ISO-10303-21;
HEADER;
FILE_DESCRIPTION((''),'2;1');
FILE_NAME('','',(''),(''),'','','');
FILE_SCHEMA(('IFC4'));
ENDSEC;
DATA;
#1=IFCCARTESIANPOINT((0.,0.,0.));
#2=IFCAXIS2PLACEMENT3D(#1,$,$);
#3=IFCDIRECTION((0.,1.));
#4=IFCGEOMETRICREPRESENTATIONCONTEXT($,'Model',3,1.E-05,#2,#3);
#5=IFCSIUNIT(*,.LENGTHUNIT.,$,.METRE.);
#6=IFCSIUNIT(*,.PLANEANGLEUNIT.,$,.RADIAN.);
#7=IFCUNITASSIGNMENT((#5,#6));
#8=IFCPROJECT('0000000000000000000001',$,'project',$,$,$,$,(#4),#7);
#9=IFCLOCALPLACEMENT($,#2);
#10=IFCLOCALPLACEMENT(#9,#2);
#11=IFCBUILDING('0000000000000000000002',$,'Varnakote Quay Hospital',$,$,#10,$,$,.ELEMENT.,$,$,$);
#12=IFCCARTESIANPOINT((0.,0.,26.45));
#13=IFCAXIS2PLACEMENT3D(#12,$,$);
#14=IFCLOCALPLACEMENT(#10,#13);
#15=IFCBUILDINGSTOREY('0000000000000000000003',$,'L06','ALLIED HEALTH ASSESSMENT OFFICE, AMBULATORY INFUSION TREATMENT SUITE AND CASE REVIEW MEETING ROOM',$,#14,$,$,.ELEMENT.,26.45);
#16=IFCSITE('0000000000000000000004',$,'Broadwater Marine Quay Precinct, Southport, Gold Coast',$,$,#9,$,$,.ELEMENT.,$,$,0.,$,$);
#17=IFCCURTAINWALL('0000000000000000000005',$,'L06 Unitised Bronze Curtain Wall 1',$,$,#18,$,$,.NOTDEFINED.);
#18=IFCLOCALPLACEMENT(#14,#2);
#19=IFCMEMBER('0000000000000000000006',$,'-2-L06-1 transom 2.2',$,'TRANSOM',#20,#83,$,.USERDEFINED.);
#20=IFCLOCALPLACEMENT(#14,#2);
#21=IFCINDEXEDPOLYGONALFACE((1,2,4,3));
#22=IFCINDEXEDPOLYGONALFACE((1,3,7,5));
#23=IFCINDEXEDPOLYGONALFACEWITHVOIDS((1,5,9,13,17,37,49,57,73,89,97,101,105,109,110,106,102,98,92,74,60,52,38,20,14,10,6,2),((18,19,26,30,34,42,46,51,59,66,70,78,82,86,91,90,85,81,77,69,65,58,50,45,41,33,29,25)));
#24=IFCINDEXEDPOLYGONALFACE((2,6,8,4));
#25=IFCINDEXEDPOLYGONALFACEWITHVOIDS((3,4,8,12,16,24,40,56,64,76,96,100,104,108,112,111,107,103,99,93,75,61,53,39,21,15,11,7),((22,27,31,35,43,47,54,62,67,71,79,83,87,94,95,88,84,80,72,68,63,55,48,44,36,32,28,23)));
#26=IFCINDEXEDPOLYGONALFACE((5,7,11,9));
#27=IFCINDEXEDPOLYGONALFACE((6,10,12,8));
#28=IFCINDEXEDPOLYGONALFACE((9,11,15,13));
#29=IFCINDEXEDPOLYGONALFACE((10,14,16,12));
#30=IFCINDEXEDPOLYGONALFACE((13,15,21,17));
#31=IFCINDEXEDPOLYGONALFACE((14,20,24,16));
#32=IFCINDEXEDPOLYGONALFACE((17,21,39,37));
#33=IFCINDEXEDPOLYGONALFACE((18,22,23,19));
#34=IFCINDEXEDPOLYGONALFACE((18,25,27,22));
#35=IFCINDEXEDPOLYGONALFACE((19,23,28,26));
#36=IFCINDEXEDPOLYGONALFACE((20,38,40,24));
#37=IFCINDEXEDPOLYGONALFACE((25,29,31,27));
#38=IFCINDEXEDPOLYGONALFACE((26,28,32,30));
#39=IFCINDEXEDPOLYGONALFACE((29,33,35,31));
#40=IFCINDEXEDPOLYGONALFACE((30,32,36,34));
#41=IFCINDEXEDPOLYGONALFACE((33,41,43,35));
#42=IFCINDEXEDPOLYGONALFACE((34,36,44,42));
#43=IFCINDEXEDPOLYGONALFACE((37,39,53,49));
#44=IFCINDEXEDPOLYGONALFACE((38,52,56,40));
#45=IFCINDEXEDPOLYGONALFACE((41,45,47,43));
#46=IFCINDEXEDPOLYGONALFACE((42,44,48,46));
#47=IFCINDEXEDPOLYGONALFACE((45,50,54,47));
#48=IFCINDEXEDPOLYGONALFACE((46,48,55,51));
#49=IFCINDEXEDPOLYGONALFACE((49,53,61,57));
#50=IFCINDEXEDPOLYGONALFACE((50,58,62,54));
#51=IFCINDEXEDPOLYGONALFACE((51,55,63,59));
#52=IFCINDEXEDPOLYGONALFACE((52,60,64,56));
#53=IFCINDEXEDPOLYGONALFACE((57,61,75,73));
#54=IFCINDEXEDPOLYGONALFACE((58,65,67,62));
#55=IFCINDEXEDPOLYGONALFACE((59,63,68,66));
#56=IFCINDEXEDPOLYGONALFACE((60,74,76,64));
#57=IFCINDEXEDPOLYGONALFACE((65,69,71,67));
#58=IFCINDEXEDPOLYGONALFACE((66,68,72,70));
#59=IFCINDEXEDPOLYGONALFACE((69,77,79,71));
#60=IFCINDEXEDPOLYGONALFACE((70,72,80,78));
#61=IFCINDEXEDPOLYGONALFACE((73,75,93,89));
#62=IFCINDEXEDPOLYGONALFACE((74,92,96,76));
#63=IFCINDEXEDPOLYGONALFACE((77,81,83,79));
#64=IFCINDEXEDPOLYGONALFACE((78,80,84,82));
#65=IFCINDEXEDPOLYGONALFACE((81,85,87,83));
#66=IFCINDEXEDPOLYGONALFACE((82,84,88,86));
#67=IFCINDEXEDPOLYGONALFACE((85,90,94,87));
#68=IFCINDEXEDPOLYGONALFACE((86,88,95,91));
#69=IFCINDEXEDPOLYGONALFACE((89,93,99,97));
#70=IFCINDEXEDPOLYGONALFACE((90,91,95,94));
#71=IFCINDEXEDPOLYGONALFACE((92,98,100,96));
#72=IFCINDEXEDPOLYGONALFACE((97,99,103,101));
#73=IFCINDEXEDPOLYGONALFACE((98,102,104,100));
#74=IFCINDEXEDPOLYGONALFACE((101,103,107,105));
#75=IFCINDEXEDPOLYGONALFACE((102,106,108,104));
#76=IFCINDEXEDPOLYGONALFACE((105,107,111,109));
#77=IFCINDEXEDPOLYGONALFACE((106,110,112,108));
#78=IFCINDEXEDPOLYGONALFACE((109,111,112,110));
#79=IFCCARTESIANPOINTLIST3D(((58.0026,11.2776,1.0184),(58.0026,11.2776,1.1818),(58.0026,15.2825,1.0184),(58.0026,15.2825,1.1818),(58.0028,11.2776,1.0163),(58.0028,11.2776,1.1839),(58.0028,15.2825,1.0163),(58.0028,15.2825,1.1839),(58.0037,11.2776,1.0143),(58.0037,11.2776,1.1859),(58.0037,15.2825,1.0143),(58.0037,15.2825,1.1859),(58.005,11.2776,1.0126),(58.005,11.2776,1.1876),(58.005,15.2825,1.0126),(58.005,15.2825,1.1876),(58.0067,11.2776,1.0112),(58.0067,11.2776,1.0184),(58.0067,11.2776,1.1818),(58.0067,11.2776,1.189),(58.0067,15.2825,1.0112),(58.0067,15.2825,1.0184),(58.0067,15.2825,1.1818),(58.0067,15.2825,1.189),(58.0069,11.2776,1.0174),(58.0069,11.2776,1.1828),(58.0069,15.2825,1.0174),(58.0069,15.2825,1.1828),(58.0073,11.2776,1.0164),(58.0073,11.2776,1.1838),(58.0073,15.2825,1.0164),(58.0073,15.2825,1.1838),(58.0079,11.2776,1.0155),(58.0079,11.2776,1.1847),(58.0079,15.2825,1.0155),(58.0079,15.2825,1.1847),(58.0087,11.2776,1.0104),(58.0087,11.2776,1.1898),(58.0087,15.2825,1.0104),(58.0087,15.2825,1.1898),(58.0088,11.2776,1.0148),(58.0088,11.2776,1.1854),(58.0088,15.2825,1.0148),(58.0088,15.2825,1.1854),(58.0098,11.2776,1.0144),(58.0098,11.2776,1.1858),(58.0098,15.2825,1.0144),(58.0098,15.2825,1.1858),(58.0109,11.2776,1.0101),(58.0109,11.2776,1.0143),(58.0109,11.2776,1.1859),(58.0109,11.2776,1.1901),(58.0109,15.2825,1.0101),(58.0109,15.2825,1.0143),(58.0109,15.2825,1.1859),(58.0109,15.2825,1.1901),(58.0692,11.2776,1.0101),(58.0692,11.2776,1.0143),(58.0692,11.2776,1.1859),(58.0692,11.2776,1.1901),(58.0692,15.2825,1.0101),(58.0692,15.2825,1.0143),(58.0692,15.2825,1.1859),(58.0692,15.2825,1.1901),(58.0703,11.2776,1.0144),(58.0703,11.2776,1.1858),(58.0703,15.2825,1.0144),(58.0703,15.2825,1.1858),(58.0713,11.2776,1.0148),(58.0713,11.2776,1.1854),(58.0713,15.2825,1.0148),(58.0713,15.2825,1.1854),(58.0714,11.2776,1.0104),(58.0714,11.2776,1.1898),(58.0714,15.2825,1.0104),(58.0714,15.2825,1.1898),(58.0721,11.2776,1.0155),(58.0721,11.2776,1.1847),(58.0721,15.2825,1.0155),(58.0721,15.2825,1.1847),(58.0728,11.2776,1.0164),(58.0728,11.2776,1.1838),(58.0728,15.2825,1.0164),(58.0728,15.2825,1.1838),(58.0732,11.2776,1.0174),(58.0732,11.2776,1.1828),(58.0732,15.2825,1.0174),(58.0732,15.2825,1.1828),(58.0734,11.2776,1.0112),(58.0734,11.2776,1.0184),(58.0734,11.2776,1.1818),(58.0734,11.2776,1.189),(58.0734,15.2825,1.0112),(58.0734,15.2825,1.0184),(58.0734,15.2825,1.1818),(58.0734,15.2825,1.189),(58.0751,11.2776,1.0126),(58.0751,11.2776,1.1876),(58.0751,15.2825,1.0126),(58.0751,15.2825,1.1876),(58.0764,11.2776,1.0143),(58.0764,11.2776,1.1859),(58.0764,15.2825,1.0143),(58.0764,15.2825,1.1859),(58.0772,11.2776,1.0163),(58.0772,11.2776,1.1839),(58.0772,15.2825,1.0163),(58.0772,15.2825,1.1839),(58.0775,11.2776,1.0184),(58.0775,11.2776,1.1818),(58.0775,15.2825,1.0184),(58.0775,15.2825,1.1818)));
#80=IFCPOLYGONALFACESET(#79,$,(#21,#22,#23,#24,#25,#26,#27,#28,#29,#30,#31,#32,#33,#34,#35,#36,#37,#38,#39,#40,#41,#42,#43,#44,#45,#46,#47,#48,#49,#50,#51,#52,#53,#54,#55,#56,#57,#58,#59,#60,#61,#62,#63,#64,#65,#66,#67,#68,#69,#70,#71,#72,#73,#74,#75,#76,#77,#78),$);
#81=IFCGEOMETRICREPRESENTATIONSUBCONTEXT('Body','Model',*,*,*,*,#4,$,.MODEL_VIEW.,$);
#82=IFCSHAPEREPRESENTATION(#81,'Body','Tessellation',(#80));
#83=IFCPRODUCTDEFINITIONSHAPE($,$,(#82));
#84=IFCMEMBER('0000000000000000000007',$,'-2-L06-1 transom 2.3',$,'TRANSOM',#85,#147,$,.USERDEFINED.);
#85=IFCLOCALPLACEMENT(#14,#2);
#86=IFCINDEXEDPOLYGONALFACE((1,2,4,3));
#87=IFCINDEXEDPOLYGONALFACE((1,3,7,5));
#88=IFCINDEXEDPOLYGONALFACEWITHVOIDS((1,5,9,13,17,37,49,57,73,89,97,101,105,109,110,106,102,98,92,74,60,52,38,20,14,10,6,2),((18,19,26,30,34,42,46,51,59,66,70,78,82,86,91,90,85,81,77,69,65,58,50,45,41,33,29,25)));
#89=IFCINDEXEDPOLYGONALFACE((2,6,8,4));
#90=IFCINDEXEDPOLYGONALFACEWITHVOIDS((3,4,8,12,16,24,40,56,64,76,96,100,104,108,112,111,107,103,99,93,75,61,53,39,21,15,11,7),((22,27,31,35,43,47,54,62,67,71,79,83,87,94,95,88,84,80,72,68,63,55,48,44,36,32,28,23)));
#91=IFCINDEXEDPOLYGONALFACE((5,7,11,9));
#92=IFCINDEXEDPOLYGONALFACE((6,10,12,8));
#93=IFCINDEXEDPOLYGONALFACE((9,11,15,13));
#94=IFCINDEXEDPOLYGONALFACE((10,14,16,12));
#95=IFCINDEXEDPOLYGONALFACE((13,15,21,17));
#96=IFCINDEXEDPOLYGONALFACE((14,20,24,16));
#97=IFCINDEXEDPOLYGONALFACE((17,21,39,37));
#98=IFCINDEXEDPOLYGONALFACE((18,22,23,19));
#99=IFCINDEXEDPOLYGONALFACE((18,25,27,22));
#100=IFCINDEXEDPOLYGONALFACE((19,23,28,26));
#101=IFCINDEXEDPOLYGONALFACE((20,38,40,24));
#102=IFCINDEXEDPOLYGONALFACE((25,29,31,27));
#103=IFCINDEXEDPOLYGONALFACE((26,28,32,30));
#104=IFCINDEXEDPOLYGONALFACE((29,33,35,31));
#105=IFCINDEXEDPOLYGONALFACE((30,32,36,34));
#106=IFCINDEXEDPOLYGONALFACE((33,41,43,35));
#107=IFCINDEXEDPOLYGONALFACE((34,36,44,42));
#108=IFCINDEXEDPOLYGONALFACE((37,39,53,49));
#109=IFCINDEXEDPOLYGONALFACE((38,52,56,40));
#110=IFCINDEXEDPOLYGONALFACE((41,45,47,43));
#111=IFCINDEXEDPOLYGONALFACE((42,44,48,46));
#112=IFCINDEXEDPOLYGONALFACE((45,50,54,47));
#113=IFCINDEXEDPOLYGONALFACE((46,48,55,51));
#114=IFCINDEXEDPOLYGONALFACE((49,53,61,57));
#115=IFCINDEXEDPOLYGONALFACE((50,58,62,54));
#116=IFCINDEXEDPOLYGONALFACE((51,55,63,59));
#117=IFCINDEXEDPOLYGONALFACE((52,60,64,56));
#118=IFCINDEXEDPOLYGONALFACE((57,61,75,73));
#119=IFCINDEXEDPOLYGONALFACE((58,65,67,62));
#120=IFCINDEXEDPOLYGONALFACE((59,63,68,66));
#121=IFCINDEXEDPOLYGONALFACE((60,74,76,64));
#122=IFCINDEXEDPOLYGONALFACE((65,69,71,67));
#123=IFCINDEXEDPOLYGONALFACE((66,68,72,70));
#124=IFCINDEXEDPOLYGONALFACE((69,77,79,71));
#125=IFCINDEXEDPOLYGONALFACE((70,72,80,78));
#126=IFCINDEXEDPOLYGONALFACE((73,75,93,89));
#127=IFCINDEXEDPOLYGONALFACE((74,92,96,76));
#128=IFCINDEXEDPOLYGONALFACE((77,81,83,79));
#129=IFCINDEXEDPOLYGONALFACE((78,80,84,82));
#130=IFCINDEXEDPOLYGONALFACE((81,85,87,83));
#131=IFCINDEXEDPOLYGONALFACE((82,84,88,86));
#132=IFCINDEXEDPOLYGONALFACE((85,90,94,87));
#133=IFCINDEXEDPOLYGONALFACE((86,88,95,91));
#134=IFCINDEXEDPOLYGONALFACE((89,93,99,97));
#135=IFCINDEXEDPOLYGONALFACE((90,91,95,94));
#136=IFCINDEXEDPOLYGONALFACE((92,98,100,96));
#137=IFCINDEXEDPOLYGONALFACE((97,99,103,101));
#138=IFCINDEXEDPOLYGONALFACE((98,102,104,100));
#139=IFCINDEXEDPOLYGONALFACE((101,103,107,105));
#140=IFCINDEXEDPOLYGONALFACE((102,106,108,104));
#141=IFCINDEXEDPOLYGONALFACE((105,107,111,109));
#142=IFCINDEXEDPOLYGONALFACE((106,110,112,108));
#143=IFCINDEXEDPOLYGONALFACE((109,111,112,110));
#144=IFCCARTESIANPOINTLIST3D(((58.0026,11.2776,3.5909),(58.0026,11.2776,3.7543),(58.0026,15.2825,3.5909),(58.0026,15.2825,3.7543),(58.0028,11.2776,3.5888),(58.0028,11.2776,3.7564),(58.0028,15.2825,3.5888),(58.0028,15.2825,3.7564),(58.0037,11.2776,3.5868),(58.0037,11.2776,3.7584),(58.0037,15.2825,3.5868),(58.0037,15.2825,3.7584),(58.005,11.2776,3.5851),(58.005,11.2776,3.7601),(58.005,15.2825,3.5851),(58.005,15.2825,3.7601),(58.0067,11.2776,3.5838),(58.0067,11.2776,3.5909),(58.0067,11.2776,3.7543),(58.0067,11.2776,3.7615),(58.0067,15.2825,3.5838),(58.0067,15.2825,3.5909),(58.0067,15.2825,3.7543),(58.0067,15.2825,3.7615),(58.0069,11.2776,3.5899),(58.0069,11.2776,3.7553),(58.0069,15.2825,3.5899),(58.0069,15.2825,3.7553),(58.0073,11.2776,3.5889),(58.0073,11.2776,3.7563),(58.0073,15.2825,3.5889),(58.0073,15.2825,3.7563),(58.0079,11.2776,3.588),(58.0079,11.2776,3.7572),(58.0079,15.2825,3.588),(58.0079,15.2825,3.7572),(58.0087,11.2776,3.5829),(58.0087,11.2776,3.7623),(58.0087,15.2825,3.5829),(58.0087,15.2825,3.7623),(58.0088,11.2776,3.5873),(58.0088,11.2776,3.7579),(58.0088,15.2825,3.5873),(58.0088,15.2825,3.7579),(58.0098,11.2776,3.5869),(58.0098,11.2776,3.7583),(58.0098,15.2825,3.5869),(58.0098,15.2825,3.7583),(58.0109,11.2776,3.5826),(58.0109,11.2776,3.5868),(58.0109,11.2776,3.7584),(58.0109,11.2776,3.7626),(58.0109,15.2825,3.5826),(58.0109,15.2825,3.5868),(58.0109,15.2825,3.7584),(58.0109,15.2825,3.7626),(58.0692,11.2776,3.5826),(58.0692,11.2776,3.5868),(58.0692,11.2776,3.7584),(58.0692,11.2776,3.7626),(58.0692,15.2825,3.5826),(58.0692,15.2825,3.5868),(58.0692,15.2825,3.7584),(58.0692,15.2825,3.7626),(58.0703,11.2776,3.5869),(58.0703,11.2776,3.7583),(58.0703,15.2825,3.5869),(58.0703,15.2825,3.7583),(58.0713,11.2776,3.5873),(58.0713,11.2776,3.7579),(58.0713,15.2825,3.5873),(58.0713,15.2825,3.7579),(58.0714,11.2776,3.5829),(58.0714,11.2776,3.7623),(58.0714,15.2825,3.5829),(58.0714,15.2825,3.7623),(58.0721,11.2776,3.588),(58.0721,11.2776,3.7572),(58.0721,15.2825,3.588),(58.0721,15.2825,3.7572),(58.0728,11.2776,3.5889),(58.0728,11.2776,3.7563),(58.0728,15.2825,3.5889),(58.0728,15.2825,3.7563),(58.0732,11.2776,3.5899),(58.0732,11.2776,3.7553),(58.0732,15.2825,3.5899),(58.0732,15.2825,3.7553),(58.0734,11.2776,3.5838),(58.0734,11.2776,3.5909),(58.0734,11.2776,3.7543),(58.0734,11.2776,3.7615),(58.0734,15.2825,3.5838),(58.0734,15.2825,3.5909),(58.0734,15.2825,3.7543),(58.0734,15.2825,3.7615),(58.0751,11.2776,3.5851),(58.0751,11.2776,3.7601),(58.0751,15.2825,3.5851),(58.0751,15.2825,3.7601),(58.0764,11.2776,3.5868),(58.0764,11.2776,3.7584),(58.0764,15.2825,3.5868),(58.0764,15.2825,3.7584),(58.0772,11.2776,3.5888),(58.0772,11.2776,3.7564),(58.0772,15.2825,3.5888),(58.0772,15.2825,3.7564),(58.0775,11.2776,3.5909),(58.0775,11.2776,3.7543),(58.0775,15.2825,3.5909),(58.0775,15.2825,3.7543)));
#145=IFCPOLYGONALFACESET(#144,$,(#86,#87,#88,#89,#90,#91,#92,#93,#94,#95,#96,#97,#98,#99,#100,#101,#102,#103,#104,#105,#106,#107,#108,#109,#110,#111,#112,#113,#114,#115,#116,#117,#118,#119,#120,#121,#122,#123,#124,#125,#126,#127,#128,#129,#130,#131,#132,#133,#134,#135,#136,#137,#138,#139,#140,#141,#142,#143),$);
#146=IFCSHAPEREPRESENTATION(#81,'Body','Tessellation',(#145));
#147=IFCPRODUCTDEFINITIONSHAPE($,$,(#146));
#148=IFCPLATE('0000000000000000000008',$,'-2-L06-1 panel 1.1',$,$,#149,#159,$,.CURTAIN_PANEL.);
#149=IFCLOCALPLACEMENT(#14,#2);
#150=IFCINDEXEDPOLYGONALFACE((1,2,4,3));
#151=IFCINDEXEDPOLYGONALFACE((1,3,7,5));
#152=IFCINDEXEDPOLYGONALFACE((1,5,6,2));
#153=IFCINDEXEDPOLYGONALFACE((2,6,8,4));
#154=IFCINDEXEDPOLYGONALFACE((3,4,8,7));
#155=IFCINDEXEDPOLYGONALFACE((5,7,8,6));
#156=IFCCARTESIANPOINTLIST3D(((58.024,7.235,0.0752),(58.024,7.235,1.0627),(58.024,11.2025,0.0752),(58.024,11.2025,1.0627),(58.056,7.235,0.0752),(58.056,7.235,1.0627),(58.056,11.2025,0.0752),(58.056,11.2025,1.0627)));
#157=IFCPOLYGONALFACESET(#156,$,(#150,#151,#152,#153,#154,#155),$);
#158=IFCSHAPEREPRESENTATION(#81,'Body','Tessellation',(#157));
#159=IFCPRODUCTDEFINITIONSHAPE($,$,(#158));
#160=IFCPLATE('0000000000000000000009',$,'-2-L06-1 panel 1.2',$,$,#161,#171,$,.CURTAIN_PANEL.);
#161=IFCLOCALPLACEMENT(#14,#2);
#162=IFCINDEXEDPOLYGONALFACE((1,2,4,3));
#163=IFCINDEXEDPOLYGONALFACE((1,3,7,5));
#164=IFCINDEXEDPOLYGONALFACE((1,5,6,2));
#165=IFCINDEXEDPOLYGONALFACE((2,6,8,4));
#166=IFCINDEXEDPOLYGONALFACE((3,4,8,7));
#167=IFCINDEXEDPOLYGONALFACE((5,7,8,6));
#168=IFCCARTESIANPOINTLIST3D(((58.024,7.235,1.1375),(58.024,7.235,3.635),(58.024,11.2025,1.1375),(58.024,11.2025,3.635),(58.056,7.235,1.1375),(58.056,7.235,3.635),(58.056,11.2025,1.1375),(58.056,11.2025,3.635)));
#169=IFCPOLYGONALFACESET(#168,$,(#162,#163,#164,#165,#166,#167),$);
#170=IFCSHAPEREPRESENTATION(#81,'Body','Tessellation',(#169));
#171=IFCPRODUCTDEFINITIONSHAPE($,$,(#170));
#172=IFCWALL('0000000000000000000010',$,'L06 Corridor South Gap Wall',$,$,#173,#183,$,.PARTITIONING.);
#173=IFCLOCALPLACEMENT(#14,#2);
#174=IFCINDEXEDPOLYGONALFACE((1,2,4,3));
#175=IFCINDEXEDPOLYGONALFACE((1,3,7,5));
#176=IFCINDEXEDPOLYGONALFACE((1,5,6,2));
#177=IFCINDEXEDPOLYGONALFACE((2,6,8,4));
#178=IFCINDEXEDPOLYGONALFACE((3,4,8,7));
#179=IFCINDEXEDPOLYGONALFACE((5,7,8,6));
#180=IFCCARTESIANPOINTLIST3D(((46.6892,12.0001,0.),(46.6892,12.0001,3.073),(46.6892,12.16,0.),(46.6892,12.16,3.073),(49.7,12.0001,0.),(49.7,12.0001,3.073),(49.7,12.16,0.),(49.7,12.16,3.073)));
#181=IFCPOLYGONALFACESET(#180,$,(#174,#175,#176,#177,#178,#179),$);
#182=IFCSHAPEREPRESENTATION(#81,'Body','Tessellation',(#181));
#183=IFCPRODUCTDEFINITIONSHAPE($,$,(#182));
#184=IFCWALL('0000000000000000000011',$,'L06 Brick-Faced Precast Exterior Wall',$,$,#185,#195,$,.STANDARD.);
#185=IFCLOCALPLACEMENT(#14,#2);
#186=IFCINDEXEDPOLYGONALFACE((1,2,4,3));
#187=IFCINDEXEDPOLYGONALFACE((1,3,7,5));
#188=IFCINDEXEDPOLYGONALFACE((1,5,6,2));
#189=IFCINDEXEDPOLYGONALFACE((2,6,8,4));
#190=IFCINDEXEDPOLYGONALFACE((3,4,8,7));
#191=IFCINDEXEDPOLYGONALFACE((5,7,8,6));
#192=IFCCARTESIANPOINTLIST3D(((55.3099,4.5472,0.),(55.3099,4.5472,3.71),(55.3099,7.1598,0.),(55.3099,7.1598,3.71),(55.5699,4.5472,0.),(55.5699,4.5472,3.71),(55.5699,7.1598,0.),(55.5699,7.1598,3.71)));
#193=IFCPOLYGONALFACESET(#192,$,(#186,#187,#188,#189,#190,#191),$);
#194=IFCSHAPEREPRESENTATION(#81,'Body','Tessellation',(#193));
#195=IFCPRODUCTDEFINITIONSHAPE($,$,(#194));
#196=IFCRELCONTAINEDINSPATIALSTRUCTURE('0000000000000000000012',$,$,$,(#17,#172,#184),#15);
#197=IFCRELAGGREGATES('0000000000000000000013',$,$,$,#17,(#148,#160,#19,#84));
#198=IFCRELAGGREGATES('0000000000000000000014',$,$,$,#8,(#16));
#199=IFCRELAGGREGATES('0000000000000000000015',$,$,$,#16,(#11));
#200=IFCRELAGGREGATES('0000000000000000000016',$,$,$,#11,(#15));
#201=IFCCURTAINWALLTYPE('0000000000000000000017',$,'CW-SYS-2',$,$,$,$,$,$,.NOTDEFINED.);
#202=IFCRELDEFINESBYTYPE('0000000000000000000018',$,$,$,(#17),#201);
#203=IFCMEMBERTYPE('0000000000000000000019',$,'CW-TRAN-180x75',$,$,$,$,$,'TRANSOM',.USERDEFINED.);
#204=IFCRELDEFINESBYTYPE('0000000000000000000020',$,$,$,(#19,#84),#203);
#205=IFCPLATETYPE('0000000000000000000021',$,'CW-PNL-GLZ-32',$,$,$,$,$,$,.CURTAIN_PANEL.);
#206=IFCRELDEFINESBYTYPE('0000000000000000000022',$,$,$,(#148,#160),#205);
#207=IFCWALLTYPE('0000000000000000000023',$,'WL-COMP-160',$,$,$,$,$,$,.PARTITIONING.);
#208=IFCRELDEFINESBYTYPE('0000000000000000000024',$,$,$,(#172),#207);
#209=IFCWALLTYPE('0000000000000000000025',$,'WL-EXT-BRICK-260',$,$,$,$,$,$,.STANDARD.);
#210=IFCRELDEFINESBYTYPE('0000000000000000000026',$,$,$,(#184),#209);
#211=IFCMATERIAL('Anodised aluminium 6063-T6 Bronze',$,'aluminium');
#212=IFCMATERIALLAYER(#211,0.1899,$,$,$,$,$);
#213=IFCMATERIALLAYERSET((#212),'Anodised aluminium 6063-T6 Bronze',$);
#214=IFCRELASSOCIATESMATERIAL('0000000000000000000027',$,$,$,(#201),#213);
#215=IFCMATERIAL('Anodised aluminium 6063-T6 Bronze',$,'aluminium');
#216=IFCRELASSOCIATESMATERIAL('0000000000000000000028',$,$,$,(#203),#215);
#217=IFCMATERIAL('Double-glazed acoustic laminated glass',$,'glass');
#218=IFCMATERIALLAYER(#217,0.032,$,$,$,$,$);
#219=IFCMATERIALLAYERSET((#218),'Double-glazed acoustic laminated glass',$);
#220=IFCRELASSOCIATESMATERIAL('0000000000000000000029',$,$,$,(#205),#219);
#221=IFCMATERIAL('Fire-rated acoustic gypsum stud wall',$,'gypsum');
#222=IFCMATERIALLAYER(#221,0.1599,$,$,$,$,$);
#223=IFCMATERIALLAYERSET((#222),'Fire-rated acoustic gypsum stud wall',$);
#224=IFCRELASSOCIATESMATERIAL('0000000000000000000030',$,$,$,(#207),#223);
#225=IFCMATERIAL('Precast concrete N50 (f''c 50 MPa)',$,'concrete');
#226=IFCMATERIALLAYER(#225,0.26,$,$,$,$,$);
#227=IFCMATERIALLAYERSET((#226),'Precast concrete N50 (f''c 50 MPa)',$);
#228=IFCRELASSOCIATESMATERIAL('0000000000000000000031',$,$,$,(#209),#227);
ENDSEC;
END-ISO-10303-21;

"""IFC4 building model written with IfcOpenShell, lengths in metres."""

from ifc_helpers import new_model, si_unit, direction, frame, frame_2d, origin, origin_2d, place, context, subcontext, project, spatial, rectangle, hollow_rectangle, extrude, material, layer, layer_set, material_profile, profile_set, type_object, element, aggregate, save


model = new_model("IFC4")

# Units and contexts
model_context = context("Model", 3, precision=1e-05, world=origin(), true_north=direction((0.0, 1.0)))
body_context = subcontext(model_context, "Body", "Model", "MODEL_VIEW")
ifc_project = project(units=[si_unit("LENGTHUNIT", "METRE"), si_unit("PLANEANGLEUNIT", "RADIAN")], contexts=[model_context])

# Site, building, storey
site_placement = place(None, origin())
site = spatial("IfcSite", under=ifc_project, at=site_placement, Name="Broadwater Marine Quay Precinct, Southport, Gold Coast", CompositionType="ELEMENT", RefElevation=0.0)
building_placement = place(site_placement, origin())
building = spatial("IfcBuilding", under=site, at=building_placement, Name="Varnakote Quay Hospital", CompositionType="ELEMENT")
storey_placement = place(building_placement, frame((0.0, 0.0, 26.45)))
storey = spatial("IfcBuildingStorey", under=building, at=storey_placement, Name="L06", Description="ALLIED HEALTH ASSESSMENT OFFICE, AMBULATORY INFUSION TREATMENT SUITE AND CASE REVIEW MEETING ROOM", CompositionType="ELEMENT", Elevation=26.45)

# Curtain wall, members, plates
ifc_material_1 = material(Name="Anodised aluminium 6063-T6 Bronze", Category="aluminium")
ifc_layer_1 = layer(ifc_material_1, 0.1899)
ifc_layer_set_1 = layer_set([ifc_layer_1], Name="Anodised aluminium 6063-T6 Bronze")
curtain_wall_type = type_object("IfcCurtainWallType", Name="CW-SYS-2", PredefinedType="NOTDEFINED", material=ifc_layer_set_1)
curtain_wall_placement = place(storey_placement, origin())
curtain_wall = element("IfcCurtainWall", 1, at=curtain_wall_placement, inside=storey, type_object=curtain_wall_type, Name="L06 Unitised Bronze Curtain Wall 1", PredefinedType="NOTDEFINED")
ifc_material_2 = material(Name="Anodised aluminium 6063-T6 Bronze", Category="aluminium")
ifc_material_profile_1 = material_profile(ifc_material_2, hollow_rectangle(XDim=0.075, YDim=0.1799, WallThickness=0.0042, InnerFilletRadius=0.0042, OuterFilletRadius=0.0083, at=origin_2d()), Name="CW-TRAN-180x75")
ifc_profile_set_1 = profile_set([ifc_material_profile_1], Name="Anodised aluminium 6063-T6 Bronze")
member_type_1 = type_object("IfcMemberType", Name="CW-TRAN-180x75", ElementType="TRANSOM", PredefinedType="USERDEFINED", material=ifc_profile_set_1)
member_1_placement = place(storey_placement, frame((58.04, 11.2776, 1.1001), z_axis=(0.0, 1.0, 0.0), x_axis=(-1.0, 0.0, 0.0)))
member_1 = element("IfcMember", 2, at=member_1_placement, type_object=member_type_1, Name="-2-L06-1 transom 2.2", ObjectType="TRANSOM", PredefinedType="USERDEFINED", context=body_context, shape_type="SweptSolid", body=[
    extrude(hollow_rectangle(XDim=0.075, YDim=0.1799, WallThickness=0.0042, InnerFilletRadius=0.0042, OuterFilletRadius=0.0083, at=origin_2d()), origin(), (0.0, 0.0, 1.0), 4.0049),
])
member_2_placement = place(storey_placement, frame((58.04, 11.2776, 3.6726), z_axis=(0.0, 1.0, 0.0), x_axis=(-1.0, 0.0, 0.0)))
member_2 = element("IfcMember", 3, at=member_2_placement, type_object=member_type_1, Name="-2-L06-1 transom 2.3", ObjectType="TRANSOM", PredefinedType="USERDEFINED", context=body_context, shape_type="SweptSolid", body=[
    extrude(hollow_rectangle(XDim=0.075, YDim=0.1799, WallThickness=0.0042, InnerFilletRadius=0.0042, OuterFilletRadius=0.0083, at=origin_2d()), origin(), (0.0, 0.0, 1.0), 4.0049),
])
ifc_material_3 = material(Name="Double-glazed acoustic laminated glass", Category="glass")
ifc_layer_2 = layer(ifc_material_3, 0.032)
ifc_layer_set_2 = layer_set([ifc_layer_2], Name="Double-glazed acoustic laminated glass")
plate_type = type_object("IfcPlateType", Name="CW-PNL-GLZ-32", PredefinedType="CURTAIN_PANEL", material=ifc_layer_set_2)
plate_1_placement = place(storey_placement, frame((58.04, 9.2188, 0.0752), z_axis=(0.0, 0.0, 1.0), x_axis=(0.0, 1.0, 0.0)))
plate_1 = element("IfcPlate", 4, at=plate_1_placement, type_object=plate_type, Name="-2-L06-1 panel 1.1", PredefinedType="CURTAIN_PANEL", context=body_context, shape_type="SweptSolid", body=[
    extrude(rectangle(XDim=3.9675, YDim=0.032, at=origin_2d()), origin(), (0.0, 0.0, 1.0), 0.9875),
])
plate_2_placement = place(storey_placement, frame((58.04, 9.2188, 1.1375), z_axis=(0.0, 0.0, 1.0), x_axis=(0.0, 1.0, 0.0)))
plate_2 = element("IfcPlate", 5, at=plate_2_placement, type_object=plate_type, Name="-2-L06-1 panel 1.2", PredefinedType="CURTAIN_PANEL", context=body_context, shape_type="SweptSolid", body=[
    extrude(rectangle(XDim=3.9675, YDim=0.032, at=origin_2d()), origin(), (0.0, 0.0, 1.0), 2.4976),
])
aggregate(curtain_wall, [plate_1, plate_2, member_1, member_2])

# Walls
ifc_material_4 = material(Name="Fire-rated acoustic gypsum stud wall", Category="gypsum")
ifc_layer_3 = layer(ifc_material_4, 0.1599)
ifc_layer_set_3 = layer_set([ifc_layer_3], Name="Fire-rated acoustic gypsum stud wall")
wall_type_1 = type_object("IfcWallType", Name="WL-COMP-160", PredefinedType="PARTITIONING", material=ifc_layer_set_3)
wall_1_placement = place(storey_placement, frame((46.6892, 12.0801, 0.0), z_axis=(0.0, 0.0, 1.0), x_axis=(1.0, 0.0, 0.0)))
element("IfcWall", 6, at=wall_1_placement, inside=storey, type_object=wall_type_1, Name="L06 Corridor South Gap Wall", PredefinedType="PARTITIONING", context=body_context, shape_type="SweptSolid", body=[
    extrude(rectangle(XDim=3.0107, YDim=0.1599, at=frame_2d((1.5054, 0.0))), origin(), (0.0, 0.0, 1.0), 3.073),
])
ifc_material_5 = material(Name="Precast concrete N50 (f'c 50 MPa)", Category="concrete")
ifc_layer_4 = layer(ifc_material_5, 0.26)
ifc_layer_set_4 = layer_set([ifc_layer_4], Name="Precast concrete N50 (f'c 50 MPa)")
wall_type_2 = type_object("IfcWallType", Name="WL-EXT-BRICK-260", PredefinedType="STANDARD", material=ifc_layer_set_4)
wall_2_placement = place(storey_placement, frame((55.4399, 4.5474, 0.0), z_axis=(0.0, 0.0, 1.0), x_axis=(0.0, 1.0, 0.0)))
element("IfcWall", 7, at=wall_2_placement, inside=storey, type_object=wall_type_2, Name="L06 Brick-Faced Precast Exterior Wall", PredefinedType="STANDARD", context=body_context, shape_type="SweptSolid", body=[
    extrude(rectangle(XDim=2.6125, YDim=0.26, at=frame_2d((1.3062, 0.0))), origin(), (0.0, 0.0, 1.0), 3.71),
])

save(model, "model.ifc")
